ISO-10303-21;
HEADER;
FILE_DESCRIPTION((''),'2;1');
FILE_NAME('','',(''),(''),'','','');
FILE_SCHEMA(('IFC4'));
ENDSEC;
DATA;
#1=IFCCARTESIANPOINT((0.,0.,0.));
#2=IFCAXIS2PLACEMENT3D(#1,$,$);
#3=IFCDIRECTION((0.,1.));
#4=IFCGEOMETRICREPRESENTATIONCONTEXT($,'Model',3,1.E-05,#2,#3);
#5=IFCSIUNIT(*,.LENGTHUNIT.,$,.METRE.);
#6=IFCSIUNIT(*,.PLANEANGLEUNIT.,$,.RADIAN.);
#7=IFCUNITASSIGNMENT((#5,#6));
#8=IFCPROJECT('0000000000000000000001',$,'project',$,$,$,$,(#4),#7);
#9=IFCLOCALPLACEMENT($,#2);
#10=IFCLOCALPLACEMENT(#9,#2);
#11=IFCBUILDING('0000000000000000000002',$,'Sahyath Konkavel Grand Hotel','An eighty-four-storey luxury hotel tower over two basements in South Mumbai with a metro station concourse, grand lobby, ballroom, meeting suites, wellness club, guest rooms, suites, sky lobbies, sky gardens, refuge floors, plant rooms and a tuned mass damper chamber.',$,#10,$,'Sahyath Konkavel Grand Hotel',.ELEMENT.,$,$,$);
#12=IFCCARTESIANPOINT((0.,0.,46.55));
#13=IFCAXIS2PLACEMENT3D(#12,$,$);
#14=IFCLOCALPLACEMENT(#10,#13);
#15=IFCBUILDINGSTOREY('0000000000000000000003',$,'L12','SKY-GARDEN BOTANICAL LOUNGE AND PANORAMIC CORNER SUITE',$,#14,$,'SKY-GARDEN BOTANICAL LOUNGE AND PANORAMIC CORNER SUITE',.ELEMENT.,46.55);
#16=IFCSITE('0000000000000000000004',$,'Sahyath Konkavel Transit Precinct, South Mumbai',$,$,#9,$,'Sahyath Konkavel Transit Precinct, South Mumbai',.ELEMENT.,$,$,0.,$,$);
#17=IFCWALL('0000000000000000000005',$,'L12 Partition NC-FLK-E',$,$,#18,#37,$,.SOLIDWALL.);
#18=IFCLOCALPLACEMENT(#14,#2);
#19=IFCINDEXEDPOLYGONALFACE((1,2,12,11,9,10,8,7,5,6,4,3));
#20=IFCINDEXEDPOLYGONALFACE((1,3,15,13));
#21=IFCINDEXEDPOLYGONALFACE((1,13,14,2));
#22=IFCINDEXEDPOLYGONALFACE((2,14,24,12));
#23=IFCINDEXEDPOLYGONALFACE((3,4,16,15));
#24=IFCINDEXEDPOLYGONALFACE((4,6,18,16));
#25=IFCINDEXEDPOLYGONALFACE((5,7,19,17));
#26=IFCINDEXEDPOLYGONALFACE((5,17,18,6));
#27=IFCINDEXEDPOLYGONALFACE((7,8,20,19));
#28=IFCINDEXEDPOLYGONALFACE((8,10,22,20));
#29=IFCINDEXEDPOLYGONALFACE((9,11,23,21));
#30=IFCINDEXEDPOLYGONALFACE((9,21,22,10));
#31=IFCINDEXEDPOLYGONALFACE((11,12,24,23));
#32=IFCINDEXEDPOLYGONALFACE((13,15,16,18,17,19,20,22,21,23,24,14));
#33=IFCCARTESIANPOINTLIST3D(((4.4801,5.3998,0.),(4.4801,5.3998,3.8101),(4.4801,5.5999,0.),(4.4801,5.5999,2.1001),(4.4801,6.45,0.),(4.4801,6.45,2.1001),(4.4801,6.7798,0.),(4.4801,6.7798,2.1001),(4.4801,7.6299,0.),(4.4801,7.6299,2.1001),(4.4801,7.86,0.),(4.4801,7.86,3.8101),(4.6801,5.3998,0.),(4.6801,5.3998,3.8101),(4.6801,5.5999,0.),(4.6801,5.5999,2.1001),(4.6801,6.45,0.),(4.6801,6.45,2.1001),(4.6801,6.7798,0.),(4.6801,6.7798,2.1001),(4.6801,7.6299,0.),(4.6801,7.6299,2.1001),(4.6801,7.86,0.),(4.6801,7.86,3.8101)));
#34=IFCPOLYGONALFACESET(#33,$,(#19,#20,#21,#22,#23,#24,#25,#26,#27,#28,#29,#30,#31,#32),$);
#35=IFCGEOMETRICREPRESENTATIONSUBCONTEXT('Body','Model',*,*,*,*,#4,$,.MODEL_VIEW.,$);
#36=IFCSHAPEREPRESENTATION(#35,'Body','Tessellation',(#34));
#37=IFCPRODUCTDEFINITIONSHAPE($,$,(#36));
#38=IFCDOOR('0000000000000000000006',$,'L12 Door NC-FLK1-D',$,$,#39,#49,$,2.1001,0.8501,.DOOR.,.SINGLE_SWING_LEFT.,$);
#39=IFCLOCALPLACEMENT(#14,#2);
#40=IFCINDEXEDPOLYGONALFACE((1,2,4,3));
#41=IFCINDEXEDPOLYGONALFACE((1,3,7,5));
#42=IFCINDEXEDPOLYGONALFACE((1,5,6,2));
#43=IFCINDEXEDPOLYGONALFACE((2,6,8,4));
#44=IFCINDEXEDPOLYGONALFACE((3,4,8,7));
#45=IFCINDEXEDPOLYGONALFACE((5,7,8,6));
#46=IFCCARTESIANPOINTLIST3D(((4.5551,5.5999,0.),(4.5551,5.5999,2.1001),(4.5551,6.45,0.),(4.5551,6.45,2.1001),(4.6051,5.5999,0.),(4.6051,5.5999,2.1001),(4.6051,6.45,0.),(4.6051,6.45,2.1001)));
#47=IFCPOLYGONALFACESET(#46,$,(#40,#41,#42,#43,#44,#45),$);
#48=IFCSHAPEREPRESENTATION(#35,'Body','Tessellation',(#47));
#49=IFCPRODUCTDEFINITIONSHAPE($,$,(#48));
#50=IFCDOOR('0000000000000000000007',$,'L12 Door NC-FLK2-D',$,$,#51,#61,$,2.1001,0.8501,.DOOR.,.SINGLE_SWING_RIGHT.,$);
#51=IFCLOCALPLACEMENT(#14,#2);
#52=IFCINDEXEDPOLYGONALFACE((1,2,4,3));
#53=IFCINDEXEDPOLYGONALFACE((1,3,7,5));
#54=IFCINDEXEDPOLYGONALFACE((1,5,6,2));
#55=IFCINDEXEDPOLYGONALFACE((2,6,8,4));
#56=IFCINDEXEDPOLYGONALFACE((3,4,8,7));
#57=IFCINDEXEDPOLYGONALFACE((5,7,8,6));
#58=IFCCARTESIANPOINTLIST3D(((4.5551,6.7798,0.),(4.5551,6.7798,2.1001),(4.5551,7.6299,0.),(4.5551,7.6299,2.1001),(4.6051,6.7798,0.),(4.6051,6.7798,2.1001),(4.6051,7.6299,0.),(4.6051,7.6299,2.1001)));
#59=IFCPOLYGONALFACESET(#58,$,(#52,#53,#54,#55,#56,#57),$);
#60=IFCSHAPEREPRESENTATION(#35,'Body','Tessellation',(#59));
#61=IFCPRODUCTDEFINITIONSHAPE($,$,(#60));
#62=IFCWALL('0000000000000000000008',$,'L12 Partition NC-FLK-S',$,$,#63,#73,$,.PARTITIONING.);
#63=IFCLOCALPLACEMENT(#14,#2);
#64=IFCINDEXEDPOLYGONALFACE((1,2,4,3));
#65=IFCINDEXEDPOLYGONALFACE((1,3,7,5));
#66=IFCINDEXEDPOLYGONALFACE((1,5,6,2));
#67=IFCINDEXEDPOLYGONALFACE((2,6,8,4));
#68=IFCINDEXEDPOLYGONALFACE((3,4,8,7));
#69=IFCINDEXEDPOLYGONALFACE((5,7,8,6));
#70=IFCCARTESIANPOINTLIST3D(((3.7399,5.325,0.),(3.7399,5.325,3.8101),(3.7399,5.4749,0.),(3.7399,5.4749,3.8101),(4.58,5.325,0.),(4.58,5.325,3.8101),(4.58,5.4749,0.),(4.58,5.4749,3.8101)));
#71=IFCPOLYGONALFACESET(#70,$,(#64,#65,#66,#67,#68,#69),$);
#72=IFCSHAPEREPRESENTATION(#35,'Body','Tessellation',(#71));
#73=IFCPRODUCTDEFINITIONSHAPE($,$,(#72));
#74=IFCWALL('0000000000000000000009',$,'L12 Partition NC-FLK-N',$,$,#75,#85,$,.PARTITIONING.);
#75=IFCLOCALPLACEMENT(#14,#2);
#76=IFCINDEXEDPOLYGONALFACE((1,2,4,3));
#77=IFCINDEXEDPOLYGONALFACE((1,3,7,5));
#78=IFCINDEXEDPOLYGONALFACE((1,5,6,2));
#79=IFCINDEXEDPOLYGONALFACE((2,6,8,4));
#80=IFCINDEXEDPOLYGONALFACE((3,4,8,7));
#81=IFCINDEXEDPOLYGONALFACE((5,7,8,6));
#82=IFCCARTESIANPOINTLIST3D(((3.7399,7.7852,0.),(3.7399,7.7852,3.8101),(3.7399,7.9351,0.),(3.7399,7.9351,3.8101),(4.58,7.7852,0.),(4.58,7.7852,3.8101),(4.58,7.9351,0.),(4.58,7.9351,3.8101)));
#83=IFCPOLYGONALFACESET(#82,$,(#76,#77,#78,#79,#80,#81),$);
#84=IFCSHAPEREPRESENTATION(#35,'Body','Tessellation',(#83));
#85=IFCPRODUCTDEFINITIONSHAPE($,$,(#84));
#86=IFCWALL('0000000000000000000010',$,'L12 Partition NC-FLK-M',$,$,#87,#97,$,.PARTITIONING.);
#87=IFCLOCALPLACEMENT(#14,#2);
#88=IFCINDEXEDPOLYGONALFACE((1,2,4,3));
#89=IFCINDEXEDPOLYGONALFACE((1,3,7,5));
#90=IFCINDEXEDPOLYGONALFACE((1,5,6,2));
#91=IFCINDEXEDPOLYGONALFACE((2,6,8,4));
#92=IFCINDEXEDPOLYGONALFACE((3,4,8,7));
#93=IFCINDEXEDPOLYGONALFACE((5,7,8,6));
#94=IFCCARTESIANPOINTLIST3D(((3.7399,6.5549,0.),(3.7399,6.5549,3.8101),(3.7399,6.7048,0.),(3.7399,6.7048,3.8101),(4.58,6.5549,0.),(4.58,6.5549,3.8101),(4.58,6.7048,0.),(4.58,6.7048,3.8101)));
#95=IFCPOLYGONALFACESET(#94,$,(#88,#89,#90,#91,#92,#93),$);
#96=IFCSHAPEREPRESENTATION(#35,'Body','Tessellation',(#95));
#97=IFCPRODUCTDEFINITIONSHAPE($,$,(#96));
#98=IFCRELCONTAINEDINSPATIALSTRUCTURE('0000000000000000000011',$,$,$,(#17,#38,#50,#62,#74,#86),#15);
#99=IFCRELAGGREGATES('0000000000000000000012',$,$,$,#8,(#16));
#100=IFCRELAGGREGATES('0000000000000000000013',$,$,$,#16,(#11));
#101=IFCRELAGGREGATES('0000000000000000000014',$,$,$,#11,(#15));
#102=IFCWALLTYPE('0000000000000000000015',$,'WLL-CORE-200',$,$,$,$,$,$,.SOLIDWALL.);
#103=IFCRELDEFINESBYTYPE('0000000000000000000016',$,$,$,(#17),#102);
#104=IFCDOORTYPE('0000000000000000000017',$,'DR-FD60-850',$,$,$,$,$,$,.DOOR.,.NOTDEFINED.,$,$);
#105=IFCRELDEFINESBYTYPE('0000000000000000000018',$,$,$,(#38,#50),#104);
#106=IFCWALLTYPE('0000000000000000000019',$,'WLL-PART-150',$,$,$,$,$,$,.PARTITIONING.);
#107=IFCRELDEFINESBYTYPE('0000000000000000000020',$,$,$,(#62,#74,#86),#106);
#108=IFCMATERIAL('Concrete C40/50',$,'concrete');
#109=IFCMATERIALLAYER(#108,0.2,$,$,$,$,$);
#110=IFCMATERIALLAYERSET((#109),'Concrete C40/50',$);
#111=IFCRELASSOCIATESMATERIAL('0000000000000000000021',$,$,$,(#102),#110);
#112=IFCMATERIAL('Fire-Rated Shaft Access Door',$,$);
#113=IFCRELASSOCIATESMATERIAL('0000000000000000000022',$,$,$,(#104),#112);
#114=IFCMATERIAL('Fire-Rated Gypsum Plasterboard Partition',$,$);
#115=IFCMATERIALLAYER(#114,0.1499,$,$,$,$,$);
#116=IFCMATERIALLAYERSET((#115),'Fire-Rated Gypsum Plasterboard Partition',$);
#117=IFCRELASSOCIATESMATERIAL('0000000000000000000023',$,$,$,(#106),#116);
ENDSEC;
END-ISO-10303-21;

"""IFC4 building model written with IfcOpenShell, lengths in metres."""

from ifc_helpers import new_model, si_unit, direction, frame, frame_2d, origin, origin_2d, place, context, subcontext, project, spatial, rectangle, extrude, source, transform, mapped, material, layer, layer_set, type_object, element, fill, save


model = new_model("IFC4")

# Units and contexts
model_context = context("Model", 3, precision=1e-05, world=origin(), true_north=direction((0.0, 1.0)))
body_context = subcontext(model_context, "Body", "Model", "MODEL_VIEW")
ifc_project = project(units=[si_unit("LENGTHUNIT", "METRE"), si_unit("PLANEANGLEUNIT", "RADIAN")], contexts=[model_context])

# Site, building, storey
site_placement = place(None, origin())
site = spatial("IfcSite", under=ifc_project, at=site_placement, Name="Sahyath Konkavel Transit Precinct, South Mumbai", LongName="Sahyath Konkavel Transit Precinct, South Mumbai", CompositionType="ELEMENT", RefElevation=0.0)
building_placement = place(site_placement, origin())
building = spatial("IfcBuilding", under=site, at=building_placement, Name="Sahyath Konkavel Grand Hotel", Description="An eighty-four-storey luxury hotel tower over two basements in South Mumbai with a metro station concourse, grand lobby, ballroom, meeting suites, wellness club, guest rooms, suites, sky lobbies, sky gardens, refuge floors, plant rooms and a tuned mass damper chamber.", LongName="Sahyath Konkavel Grand Hotel", CompositionType="ELEMENT")
storey_placement = place(building_placement, frame((0.0, 0.0, 46.55)))
storey = spatial("IfcBuildingStorey", under=building, at=storey_placement, Name="L12", Description="SKY-GARDEN BOTANICAL LOUNGE AND PANORAMIC CORNER SUITE", LongName="SKY-GARDEN BOTANICAL LOUNGE AND PANORAMIC CORNER SUITE", CompositionType="ELEMENT", Elevation=46.55)

# Shared definitions
ifc_material_1 = material(Name="Concrete C40/50", Category="concrete")
ifc_layer_1 = layer(ifc_material_1, 0.2)
ifc_layer_set_1 = layer_set([ifc_layer_1], Name="Concrete C40/50")
wall_type_1 = type_object("IfcWallType", Name="WLL-CORE-200", PredefinedType="SOLIDWALL", material=ifc_layer_set_1)

# Wall, openings, doors
wall_1_placement = place(storey_placement, frame((4.5801, 5.3999, 0.0), z_axis=(0.0, 0.0, 1.0), x_axis=(0.0, 1.0, 0.0)))
wall_1 = element("IfcWall", 1, at=wall_1_placement, inside=storey, type_object=wall_type_1, Name="L12 Partition NC-FLK-E", PredefinedType="SOLIDWALL", context=body_context, shape_type="SweptSolid", body=[
    extrude(rectangle(XDim=2.4602, YDim=0.2, at=frame_2d((1.23, 0.0))), origin(), (0.0, 0.0, 1.0), 3.8101),
])
opening_1_placement = place(wall_1_placement, frame((0.2, 0.0, 0.0)))
opening_1 = element("IfcOpeningElement", 2, at=opening_1_placement, cuts=wall_1, PredefinedType="OPENING", context=body_context, shape_type="SweptSolid", body=[
    extrude(rectangle(XDim=0.8501, YDim=2.1001, at=frame_2d((0.425, 1.05))), frame((0.0, 0.1099, 0.0), z_axis=(0.0, -1.0, 0.0), x_axis=(1.0, 0.0, 0.0)), (0.0, 0.0, 1.0), 0.22),
])
opening_2_placement = place(wall_1_placement, frame((1.3799, 0.0, 0.0)))
opening_2 = element("IfcOpeningElement", 3, at=opening_2_placement, cuts=wall_1, PredefinedType="OPENING", context=body_context, shape_type="SweptSolid", body=[
    extrude(rectangle(XDim=0.8501, YDim=2.1001, at=frame_2d((0.425, 1.05))), frame((0.0, 0.1099, 0.0), z_axis=(0.0, -1.0, 0.0), x_axis=(1.0, 0.0, 0.0)), (0.0, 0.0, 1.0), 0.22),
])
ifc_material_2 = material(Name="Fire-Rated Shaft Access Door")
door_type_1 = type_object("IfcDoorType", Name="DR-FD60-850", OperationType="NOTDEFINED", PredefinedType="DOOR", material=ifc_material_2)
shared_shape_1 = source(origin(), body_context, "Body", "SweptSolid", [
    extrude(rectangle(XDim=0.8501, YDim=0.05, at=origin_2d()), origin(), (0.0, 0.0, 1.0), 2.1001),
])
door_1_placement = place(opening_1_placement, frame((0.425, 0.0, 0.0)))
door_1 = element("IfcDoor", 4, at=door_1_placement, inside=storey, type_object=door_type_1, Name="L12 Door NC-FLK1-D", OperationType="SINGLE_SWING_LEFT", OverallHeight=2.1001, OverallWidth=0.8501, PredefinedType="DOOR", context=body_context, shape_type="MappedRepresentation", body=[
    mapped(shared_shape_1, transform((0.0, 0.0, 0.0), scale=1.0)),
])
fill(opening_1, door_1)
door_2_placement = place(opening_2_placement, frame((0.425, 0.0, 0.0)))
door_2 = element("IfcDoor", 5, at=door_2_placement, inside=storey, type_object=door_type_1, Name="L12 Door NC-FLK2-D", OperationType="SINGLE_SWING_RIGHT", OverallHeight=2.1001, OverallWidth=0.8501, PredefinedType="DOOR", context=body_context, shape_type="MappedRepresentation", body=[
    mapped(shared_shape_1, transform((0.0, 0.0, 0.0), scale=1.0)),
])
fill(opening_2, door_2)

# Walls
ifc_material_3 = material(Name="Fire-Rated Gypsum Plasterboard Partition")
ifc_layer_2 = layer(ifc_material_3, 0.1499)
ifc_layer_set_2 = layer_set([ifc_layer_2], Name="Fire-Rated Gypsum Plasterboard Partition")
wall_type_2 = type_object("IfcWallType", Name="WLL-PART-150", PredefinedType="PARTITIONING", material=ifc_layer_set_2)
for number, where, z_axis, x_axis, name in (
    (6, (3.74, 5.3999, 0.0), (0.0, 0.0, 1.0), (1.0, 0.0, 0.0), "L12 Partition NC-FLK-S"),
    (7, (3.74, 7.8601, 0.0), (0.0, 0.0, 1.0), (1.0, 0.0, 0.0), "L12 Partition NC-FLK-N"),
    (8, (3.74, 6.6299, 0.0), (0.0, 0.0, 1.0), (1.0, 0.0, 0.0), "L12 Partition NC-FLK-M"),
):
    element("IfcWall", number, at=place(storey_placement, frame(where, z_axis=z_axis, x_axis=x_axis)), inside=storey, type_object=wall_type_2, Name=name, PredefinedType="PARTITIONING", context=body_context, shape_type="SweptSolid", body=[
        extrude(rectangle(XDim=0.8401, YDim=0.1499, at=frame_2d((0.4199, 0.0))), origin(), (0.0, 0.0, 1.0), 3.8101),
    ])

save(model, "model.ifc")
